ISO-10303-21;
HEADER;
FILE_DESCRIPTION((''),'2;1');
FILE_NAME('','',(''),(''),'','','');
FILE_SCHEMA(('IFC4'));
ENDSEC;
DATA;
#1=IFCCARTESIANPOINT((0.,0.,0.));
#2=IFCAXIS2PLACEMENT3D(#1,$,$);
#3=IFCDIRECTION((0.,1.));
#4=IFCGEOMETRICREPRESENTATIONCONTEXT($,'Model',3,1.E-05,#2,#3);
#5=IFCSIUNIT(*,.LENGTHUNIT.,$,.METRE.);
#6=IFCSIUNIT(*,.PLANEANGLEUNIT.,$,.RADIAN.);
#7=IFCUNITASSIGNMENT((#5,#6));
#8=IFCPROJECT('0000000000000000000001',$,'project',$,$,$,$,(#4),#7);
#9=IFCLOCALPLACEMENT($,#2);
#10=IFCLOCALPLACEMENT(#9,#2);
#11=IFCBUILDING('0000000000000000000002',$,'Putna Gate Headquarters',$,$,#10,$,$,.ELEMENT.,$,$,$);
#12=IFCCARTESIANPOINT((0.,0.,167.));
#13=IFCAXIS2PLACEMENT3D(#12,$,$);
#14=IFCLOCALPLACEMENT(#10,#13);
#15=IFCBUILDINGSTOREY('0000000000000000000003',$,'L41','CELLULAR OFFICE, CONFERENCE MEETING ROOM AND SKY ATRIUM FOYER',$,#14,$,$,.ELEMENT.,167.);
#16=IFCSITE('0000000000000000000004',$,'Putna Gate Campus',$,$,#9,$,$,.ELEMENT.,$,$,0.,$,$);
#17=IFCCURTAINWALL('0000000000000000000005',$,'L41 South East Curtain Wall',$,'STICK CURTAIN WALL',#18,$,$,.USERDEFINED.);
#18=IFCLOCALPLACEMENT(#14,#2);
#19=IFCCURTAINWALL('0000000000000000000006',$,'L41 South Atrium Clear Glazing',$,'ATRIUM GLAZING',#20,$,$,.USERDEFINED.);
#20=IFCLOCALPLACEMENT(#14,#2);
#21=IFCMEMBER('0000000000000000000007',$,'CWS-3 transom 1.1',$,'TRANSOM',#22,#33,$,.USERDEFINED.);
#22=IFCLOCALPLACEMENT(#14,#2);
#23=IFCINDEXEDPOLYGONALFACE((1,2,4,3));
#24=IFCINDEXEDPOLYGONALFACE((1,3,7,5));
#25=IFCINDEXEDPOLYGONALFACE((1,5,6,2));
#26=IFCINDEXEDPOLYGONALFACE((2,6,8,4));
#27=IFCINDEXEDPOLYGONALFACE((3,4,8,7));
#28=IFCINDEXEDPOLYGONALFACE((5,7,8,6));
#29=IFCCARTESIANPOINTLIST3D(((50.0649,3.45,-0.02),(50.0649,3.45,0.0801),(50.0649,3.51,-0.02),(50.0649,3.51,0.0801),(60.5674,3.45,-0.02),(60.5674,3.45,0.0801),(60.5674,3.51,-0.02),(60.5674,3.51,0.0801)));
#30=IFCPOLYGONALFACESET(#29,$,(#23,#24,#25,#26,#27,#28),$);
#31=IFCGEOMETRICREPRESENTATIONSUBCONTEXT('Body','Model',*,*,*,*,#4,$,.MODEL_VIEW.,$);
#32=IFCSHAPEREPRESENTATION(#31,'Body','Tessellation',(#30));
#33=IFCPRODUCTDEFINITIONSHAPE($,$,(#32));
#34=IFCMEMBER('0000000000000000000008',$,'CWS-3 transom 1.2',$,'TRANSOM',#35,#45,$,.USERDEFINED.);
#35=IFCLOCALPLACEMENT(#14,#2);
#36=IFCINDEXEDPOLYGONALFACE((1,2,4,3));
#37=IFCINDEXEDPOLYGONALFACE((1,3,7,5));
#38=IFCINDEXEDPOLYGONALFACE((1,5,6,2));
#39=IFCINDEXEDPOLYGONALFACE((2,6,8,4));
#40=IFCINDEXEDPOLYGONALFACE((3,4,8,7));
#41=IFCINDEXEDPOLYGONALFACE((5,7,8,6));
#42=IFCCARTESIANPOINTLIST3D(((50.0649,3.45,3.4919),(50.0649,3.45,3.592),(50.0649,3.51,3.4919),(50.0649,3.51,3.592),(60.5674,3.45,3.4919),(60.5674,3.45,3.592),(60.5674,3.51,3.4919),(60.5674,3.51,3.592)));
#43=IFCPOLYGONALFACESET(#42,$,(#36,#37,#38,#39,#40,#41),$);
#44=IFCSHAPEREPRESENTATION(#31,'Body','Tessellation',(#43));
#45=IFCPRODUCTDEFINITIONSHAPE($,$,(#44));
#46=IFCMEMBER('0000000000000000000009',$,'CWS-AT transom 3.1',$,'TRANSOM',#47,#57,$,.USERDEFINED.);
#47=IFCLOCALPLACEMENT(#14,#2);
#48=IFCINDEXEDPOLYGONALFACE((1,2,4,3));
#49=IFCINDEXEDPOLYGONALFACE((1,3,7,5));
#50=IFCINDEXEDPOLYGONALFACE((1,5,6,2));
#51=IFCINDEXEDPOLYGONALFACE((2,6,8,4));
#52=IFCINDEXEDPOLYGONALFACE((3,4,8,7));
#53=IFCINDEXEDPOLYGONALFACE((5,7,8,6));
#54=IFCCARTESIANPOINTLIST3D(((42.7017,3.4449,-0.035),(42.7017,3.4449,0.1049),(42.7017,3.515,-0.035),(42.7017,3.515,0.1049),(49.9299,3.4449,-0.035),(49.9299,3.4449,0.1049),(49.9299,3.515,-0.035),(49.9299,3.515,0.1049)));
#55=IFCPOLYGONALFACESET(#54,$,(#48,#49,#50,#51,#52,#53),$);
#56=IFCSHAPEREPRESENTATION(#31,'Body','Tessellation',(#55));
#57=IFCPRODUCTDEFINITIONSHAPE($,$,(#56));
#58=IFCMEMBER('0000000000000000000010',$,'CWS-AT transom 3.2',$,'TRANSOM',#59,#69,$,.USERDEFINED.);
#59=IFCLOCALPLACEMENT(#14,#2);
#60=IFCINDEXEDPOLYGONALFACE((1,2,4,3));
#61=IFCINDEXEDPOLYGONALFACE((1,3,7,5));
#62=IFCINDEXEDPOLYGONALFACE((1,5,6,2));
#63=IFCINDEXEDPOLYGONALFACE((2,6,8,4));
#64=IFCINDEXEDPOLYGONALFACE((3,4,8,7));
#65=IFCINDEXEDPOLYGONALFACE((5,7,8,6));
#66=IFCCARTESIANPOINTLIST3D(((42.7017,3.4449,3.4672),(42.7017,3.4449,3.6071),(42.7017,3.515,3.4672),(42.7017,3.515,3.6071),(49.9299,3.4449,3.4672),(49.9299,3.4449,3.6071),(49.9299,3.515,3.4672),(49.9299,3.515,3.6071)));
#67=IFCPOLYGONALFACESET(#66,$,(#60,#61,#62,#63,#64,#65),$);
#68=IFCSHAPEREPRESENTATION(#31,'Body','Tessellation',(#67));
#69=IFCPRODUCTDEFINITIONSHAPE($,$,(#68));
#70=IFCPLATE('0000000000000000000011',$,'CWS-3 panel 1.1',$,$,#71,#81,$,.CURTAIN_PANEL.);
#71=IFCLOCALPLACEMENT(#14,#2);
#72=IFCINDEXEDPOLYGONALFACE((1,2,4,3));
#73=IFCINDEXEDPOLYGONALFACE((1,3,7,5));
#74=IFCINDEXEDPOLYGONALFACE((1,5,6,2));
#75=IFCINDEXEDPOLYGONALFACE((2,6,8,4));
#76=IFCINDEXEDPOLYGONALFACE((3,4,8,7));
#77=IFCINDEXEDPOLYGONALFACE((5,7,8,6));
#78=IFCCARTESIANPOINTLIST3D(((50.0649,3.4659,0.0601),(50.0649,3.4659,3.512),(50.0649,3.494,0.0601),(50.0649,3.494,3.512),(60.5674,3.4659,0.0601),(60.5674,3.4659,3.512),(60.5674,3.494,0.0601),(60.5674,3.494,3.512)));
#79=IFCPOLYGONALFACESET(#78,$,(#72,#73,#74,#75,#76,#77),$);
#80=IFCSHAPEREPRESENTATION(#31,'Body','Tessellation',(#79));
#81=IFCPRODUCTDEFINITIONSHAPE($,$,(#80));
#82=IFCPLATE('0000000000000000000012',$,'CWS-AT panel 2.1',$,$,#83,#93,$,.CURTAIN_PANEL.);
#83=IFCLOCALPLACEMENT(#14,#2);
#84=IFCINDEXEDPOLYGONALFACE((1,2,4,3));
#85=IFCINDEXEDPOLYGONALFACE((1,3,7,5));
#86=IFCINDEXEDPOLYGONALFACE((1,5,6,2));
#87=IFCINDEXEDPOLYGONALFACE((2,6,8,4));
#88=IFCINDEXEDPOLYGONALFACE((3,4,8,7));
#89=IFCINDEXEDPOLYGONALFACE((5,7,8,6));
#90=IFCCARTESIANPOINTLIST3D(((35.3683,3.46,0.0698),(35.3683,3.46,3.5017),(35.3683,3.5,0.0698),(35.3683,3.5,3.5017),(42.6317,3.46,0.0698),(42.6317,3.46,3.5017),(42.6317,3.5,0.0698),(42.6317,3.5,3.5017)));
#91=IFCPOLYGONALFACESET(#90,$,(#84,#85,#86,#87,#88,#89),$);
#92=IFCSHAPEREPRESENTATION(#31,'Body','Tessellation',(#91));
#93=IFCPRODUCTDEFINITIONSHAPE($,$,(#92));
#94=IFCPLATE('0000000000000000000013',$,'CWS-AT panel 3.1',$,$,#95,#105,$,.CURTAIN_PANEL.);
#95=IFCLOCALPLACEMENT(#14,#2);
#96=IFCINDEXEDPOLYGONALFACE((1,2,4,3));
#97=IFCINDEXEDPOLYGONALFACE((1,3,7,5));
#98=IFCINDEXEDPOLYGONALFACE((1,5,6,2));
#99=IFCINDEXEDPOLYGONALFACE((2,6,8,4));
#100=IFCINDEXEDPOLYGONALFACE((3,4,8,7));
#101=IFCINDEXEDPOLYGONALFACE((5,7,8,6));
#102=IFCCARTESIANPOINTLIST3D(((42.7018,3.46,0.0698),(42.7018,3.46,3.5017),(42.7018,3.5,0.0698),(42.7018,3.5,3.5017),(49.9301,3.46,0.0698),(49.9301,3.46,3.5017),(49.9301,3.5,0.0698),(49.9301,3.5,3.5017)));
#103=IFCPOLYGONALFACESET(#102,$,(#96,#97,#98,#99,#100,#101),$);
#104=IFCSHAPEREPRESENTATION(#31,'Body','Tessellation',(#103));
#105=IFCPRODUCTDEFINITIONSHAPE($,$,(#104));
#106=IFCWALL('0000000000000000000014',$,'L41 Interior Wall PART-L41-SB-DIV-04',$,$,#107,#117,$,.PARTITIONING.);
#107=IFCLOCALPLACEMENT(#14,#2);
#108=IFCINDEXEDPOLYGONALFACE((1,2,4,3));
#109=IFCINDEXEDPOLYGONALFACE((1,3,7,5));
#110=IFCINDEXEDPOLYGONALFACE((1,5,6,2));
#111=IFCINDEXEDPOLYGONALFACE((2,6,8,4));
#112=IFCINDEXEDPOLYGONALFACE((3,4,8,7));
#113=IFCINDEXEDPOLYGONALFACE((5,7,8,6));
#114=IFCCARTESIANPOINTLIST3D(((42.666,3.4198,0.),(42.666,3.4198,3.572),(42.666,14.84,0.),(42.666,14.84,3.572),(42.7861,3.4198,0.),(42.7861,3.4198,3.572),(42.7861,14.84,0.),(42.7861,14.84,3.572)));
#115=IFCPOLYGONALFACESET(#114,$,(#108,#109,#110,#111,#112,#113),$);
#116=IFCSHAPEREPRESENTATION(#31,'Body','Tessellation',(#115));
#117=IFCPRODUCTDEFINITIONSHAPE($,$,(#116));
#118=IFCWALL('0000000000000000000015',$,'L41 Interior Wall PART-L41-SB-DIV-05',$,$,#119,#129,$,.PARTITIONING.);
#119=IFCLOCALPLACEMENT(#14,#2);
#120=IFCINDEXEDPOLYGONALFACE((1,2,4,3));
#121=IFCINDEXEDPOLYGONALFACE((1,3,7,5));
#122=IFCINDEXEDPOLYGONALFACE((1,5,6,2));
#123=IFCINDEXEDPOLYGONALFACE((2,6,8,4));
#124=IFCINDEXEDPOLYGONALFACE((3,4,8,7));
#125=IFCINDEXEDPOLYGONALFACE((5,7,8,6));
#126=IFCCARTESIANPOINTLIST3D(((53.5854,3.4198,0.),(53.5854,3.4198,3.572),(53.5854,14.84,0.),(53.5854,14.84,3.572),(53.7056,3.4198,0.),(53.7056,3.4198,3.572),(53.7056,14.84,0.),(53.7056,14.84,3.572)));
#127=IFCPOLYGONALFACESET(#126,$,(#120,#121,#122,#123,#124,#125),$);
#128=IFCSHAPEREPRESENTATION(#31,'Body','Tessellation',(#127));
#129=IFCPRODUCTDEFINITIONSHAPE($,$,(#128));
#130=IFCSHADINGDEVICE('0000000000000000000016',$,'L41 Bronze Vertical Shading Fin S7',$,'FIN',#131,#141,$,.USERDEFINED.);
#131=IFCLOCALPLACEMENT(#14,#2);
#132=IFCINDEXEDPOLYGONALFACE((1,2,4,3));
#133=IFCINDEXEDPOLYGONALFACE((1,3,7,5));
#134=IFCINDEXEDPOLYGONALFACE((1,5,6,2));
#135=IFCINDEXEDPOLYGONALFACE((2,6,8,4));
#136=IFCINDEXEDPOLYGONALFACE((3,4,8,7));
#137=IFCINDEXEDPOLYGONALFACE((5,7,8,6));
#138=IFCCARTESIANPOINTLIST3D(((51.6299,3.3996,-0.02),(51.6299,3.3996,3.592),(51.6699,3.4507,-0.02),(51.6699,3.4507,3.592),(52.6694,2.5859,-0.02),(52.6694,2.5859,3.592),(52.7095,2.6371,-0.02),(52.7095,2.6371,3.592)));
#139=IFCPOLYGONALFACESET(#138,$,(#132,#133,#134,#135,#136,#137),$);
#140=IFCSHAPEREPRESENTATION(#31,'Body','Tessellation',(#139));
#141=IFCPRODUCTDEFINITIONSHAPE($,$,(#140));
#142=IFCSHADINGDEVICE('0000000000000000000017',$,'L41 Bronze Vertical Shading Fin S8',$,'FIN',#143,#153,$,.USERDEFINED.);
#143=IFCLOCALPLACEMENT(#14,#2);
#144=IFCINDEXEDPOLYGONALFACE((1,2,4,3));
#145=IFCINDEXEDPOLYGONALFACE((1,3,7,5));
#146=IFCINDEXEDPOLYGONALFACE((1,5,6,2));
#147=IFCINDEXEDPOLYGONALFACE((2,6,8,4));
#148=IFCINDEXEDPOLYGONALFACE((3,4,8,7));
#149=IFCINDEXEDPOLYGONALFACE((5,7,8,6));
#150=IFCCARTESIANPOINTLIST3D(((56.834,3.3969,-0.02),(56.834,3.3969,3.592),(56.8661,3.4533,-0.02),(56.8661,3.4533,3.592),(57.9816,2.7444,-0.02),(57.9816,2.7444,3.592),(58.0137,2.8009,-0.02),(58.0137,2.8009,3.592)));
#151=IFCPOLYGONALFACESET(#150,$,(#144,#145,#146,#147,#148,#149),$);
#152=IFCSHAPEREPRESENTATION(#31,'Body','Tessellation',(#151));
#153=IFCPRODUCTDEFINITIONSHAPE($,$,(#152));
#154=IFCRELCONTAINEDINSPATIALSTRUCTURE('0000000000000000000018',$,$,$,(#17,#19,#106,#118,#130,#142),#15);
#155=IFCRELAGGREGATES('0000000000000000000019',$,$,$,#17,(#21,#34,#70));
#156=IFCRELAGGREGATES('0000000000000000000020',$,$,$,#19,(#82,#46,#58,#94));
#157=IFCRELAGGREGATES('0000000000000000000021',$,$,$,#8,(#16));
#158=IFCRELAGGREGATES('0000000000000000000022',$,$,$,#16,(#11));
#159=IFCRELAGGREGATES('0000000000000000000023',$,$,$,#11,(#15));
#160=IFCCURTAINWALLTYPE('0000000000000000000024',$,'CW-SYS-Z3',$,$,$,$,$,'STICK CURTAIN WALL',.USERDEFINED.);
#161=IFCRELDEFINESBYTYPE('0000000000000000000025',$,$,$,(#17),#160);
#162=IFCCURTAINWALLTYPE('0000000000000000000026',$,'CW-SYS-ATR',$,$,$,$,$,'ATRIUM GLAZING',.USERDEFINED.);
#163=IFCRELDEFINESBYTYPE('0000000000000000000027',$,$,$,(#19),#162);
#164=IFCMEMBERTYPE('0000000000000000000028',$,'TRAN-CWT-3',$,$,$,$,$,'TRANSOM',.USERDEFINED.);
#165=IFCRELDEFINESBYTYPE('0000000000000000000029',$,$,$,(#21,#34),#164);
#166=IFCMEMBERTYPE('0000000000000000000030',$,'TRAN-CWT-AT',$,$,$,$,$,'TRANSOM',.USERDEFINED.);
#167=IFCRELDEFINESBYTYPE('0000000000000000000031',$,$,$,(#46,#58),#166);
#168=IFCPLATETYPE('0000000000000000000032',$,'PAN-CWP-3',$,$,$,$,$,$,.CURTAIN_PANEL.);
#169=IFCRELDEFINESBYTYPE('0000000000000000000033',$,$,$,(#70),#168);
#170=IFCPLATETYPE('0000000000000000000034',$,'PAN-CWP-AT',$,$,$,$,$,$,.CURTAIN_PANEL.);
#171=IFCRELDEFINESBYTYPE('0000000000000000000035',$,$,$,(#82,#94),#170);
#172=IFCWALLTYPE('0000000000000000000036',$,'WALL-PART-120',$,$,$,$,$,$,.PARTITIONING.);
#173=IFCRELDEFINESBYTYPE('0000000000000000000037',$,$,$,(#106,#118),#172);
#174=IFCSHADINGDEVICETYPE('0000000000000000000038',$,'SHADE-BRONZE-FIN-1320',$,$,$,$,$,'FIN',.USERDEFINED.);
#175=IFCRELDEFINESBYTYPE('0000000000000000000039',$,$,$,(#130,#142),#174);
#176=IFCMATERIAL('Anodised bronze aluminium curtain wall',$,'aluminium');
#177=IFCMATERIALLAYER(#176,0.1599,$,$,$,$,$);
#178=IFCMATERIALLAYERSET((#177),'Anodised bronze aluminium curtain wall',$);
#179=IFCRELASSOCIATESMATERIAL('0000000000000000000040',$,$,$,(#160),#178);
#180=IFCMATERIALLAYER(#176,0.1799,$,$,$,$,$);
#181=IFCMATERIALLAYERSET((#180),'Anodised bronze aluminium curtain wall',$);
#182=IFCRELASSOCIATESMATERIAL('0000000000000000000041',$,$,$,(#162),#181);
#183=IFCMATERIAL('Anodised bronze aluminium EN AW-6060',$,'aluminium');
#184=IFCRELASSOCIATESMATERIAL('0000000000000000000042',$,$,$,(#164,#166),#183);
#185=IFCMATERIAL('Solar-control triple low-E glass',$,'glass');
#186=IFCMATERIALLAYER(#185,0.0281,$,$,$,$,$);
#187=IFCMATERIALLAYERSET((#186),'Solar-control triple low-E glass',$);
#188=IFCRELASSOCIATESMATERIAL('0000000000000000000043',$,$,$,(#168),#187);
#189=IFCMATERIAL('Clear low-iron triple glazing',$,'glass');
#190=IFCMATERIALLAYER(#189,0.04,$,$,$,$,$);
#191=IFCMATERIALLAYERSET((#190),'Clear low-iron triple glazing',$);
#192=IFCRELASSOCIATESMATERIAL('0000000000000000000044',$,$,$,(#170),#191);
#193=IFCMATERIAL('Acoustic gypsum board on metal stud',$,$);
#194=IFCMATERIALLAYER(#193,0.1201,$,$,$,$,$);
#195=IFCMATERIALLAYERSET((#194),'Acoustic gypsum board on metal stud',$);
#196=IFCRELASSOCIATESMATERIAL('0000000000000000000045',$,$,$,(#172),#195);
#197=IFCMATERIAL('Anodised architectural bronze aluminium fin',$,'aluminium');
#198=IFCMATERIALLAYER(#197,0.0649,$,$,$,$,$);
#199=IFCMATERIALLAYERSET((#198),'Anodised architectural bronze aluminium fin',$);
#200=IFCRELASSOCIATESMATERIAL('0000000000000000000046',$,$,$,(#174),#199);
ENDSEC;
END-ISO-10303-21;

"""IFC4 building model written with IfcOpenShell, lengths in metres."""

from ifc_helpers import new_model, si_unit, direction, frame, frame_2d, origin, origin_2d, place, context, subcontext, project, spatial, rectangle, extrude, material, layer, layer_set, material_profile, profile_set, type_object, element, aggregate, save


model = new_model("IFC4")

# Units and contexts
model_context = context("Model", 3, precision=1e-05, world=origin(), true_north=direction((0.0, 1.0)))
body_context = subcontext(model_context, "Body", "Model", "MODEL_VIEW")
ifc_project = project(units=[si_unit("LENGTHUNIT", "METRE"), si_unit("PLANEANGLEUNIT", "RADIAN")], contexts=[model_context])

# Site, building, storey
site_placement = place(None, origin())
site = spatial("IfcSite", under=ifc_project, at=site_placement, Name="Putna Gate Campus", CompositionType="ELEMENT", RefElevation=0.0)
building_placement = place(site_placement, origin())
building = spatial("IfcBuilding", under=site, at=building_placement, Name="Putna Gate Headquarters", CompositionType="ELEMENT")
storey_placement = place(building_placement, frame((0.0, 0.0, 167.0)))
storey = spatial("IfcBuildingStorey", under=building, at=storey_placement, Name="L41", Description="CELLULAR OFFICE, CONFERENCE MEETING ROOM AND SKY ATRIUM FOYER", CompositionType="ELEMENT", Elevation=167.0)

# Curtain wall
ifc_material_1 = material(Name="Anodised bronze aluminium curtain wall", Category="aluminium")
ifc_layer_1 = layer(ifc_material_1, 0.1599)
ifc_layer_set_1 = layer_set([ifc_layer_1], Name="Anodised bronze aluminium curtain wall")
curtain_wall_type_1 = type_object("IfcCurtainWallType", Name="CW-SYS-Z3", ElementType="STICK CURTAIN WALL", PredefinedType="USERDEFINED", material=ifc_layer_set_1)
curtain_wall_1_placement = place(storey_placement, origin())
curtain_wall_1 = element("IfcCurtainWall", 1, at=curtain_wall_1_placement, inside=storey, type_object=curtain_wall_type_1, Name="L41 South East Curtain Wall", ObjectType="STICK CURTAIN WALL", PredefinedType="USERDEFINED")
ifc_material_2 = material(Name="Anodised bronze aluminium EN AW-6060", Category="aluminium")

# Curtain wall
ifc_layer_2 = layer(ifc_material_1, 0.1799)
ifc_layer_set_2 = layer_set([ifc_layer_2], Name="Anodised bronze aluminium curtain wall")
curtain_wall_type_2 = type_object("IfcCurtainWallType", Name="CW-SYS-ATR", ElementType="ATRIUM GLAZING", PredefinedType="USERDEFINED", material=ifc_layer_set_2)
curtain_wall_2_placement = place(storey_placement, origin())
curtain_wall_2 = element("IfcCurtainWall", 2, at=curtain_wall_2_placement, inside=storey, type_object=curtain_wall_type_2, Name="L41 South Atrium Clear Glazing", ObjectType="ATRIUM GLAZING", PredefinedType="USERDEFINED")

# Members
ifc_material_profile_1 = material_profile(ifc_material_2, rectangle(XDim=0.0601, YDim=0.1001, at=origin_2d()), Name="Anodised bronze aluminium EN AW-6060")
ifc_profile_set_1 = profile_set([ifc_material_profile_1], Name="Anodised bronze aluminium EN AW-6060")
member_type_1 = type_object("IfcMemberType", Name="TRAN-CWT-3", ElementType="TRANSOM", PredefinedType="USERDEFINED", material=ifc_profile_set_1)
member_1_placement = place(storey_placement, frame((50.0649, 3.48, 0.03), z_axis=(1.0, 0.0, 0.0), x_axis=(0.0, 1.0, 0.0)))
member_1 = element("IfcMember", 3, at=member_1_placement, type_object=member_type_1, Name="CWS-3 transom 1.1", ObjectType="TRANSOM", PredefinedType="USERDEFINED", context=body_context, shape_type="SweptSolid", body=[
    extrude(rectangle(XDim=0.0601, YDim=0.1001, at=origin_2d()), origin(), (0.0, 0.0, 1.0), 10.5024),
])
member_2_placement = place(storey_placement, frame((50.0649, 3.48, 3.542), z_axis=(1.0, 0.0, 0.0), x_axis=(0.0, 1.0, 0.0)))
member_2 = element("IfcMember", 4, at=member_2_placement, type_object=member_type_1, Name="CWS-3 transom 1.2", ObjectType="TRANSOM", PredefinedType="USERDEFINED", context=body_context, shape_type="SweptSolid", body=[
    extrude(rectangle(XDim=0.0601, YDim=0.1001, at=origin_2d()), origin(), (0.0, 0.0, 1.0), 10.5024),
])
ifc_material_profile_2 = material_profile(ifc_material_2, rectangle(XDim=0.0701, YDim=0.1399, at=origin_2d()), Name="Anodised bronze aluminium EN AW-6060")
ifc_profile_set_2 = profile_set([ifc_material_profile_2], Name="Anodised bronze aluminium EN AW-6060")
member_type_2 = type_object("IfcMemberType", Name="TRAN-CWT-AT", ElementType="TRANSOM", PredefinedType="USERDEFINED", material=ifc_profile_set_2)
member_3_placement = place(storey_placement, frame((42.7017, 3.48, 0.0349), z_axis=(1.0, 0.0, 0.0), x_axis=(0.0, 1.0, 0.0)))
member_3 = element("IfcMember", 5, at=member_3_placement, type_object=member_type_2, Name="CWS-AT transom 3.1", ObjectType="TRANSOM", PredefinedType="USERDEFINED", context=body_context, shape_type="SweptSolid", body=[
    extrude(rectangle(XDim=0.0701, YDim=0.1399, at=origin_2d()), origin(), (0.0, 0.0, 1.0), 7.2283),
])
member_4_placement = place(storey_placement, frame((42.7017, 3.48, 3.5371), z_axis=(1.0, 0.0, 0.0), x_axis=(0.0, 1.0, 0.0)))
member_4 = element("IfcMember", 6, at=member_4_placement, type_object=member_type_2, Name="CWS-AT transom 3.2", ObjectType="TRANSOM", PredefinedType="USERDEFINED", context=body_context, shape_type="SweptSolid", body=[
    extrude(rectangle(XDim=0.0701, YDim=0.1399, at=origin_2d()), origin(), (0.0, 0.0, 1.0), 7.2283),
])

# Plates
ifc_material_3 = material(Name="Solar-control triple low-E glass", Category="glass")
ifc_layer_3 = layer(ifc_material_3, 0.0281)
ifc_layer_set_3 = layer_set([ifc_layer_3], Name="Solar-control triple low-E glass")
plate_type_1 = type_object("IfcPlateType", Name="PAN-CWP-3", PredefinedType="CURTAIN_PANEL", material=ifc_layer_set_3)
plate_1_placement = place(storey_placement, frame((55.3162, 3.48, 0.0601), z_axis=(0.0, 0.0, 1.0), x_axis=(1.0, 0.0, 0.0)))
plate_1 = element("IfcPlate", 7, at=plate_1_placement, type_object=plate_type_1, Name="CWS-3 panel 1.1", PredefinedType="CURTAIN_PANEL", context=body_context, shape_type="SweptSolid", body=[
    extrude(rectangle(XDim=10.5024, YDim=0.0281, at=origin_2d()), origin(), (0.0, 0.0, 1.0), 3.4519),
])
aggregate(curtain_wall_1, [member_1, member_2, plate_1])
ifc_material_4 = material(Name="Clear low-iron triple glazing", Category="glass")
ifc_layer_4 = layer(ifc_material_4, 0.04)
ifc_layer_set_4 = layer_set([ifc_layer_4], Name="Clear low-iron triple glazing")
plate_type_2 = type_object("IfcPlateType", Name="PAN-CWP-AT", PredefinedType="CURTAIN_PANEL", material=ifc_layer_set_4)
plate_2_placement = place(storey_placement, frame((39.0, 3.48, 0.0698), z_axis=(0.0, 0.0, 1.0), x_axis=(1.0, 0.0, 0.0)))
plate_2 = element("IfcPlate", 8, at=plate_2_placement, type_object=plate_type_2, Name="CWS-AT panel 2.1", PredefinedType="CURTAIN_PANEL", context=body_context, shape_type="SweptSolid", body=[
    extrude(rectangle(XDim=7.2634, YDim=0.04, at=origin_2d()), origin(), (0.0, 0.0, 1.0), 3.4319),
])
plate_3_placement = place(storey_placement, frame((46.3159, 3.48, 0.0698), z_axis=(0.0, 0.0, 1.0), x_axis=(1.0, 0.0, 0.0)))
plate_3 = element("IfcPlate", 9, at=plate_3_placement, type_object=plate_type_2, Name="CWS-AT panel 3.1", PredefinedType="CURTAIN_PANEL", context=body_context, shape_type="SweptSolid", body=[
    extrude(rectangle(XDim=7.2283, YDim=0.04, at=origin_2d()), origin(), (0.0, 0.0, 1.0), 3.4319),
])
aggregate(curtain_wall_2, [plate_2, member_3, member_4, plate_3])

# Walls
ifc_material_5 = material(Name="Acoustic gypsum board on metal stud")
ifc_layer_5 = layer(ifc_material_5, 0.1201)
ifc_layer_set_5 = layer_set([ifc_layer_5], Name="Acoustic gypsum board on metal stud")
wall_type = type_object("IfcWallType", Name="WALL-PART-120", PredefinedType="PARTITIONING", material=ifc_layer_set_5)
for number, where, z_axis, x_axis, name in (
    (10, (42.7261, 3.4199, 0.0), (0.0, 0.0, 1.0), (0.0, 1.0, 0.0), "L41 Interior Wall PART-L41-SB-DIV-04"),
    (11, (53.6455, 3.4199, 0.0), (0.0, 0.0, 1.0), (0.0, 1.0, 0.0), "L41 Interior Wall PART-L41-SB-DIV-05"),
):
    element("IfcWall", number, at=place(storey_placement, frame(where, z_axis=z_axis, x_axis=x_axis)), inside=storey, type_object=wall_type, Name=name, PredefinedType="PARTITIONING", context=body_context, shape_type="SweptSolid", body=[
        extrude(rectangle(XDim=11.4202, YDim=0.1201, at=frame_2d((5.71, 0.0))), origin(), (0.0, 0.0, 1.0), 3.572),
    ])

# Shading devices
ifc_material_6 = material(Name="Anodised architectural bronze aluminium fin", Category="aluminium")
ifc_layer_6 = layer(ifc_material_6, 0.0649)
ifc_layer_set_6 = layer_set([ifc_layer_6], Name="Anodised architectural bronze aluminium fin")
shading_device_type = type_object("IfcShadingDeviceType", Name="SHADE-BRONZE-FIN-1320", ElementType="FIN", PredefinedType="USERDEFINED", material=ifc_layer_set_6)
for number, where, z_axis, x_axis, name in (
    (12, (52.1697, 3.0183, -0.02), (0.0, 0.0, 1.0), (0.787473, -0.616349, 0.0), "L41 Bronze Vertical Shading Fin S7"),
    (13, (57.4238, 3.0989, -0.02), (0.0, 0.0, 1.0), (0.869322, -0.494245, 0.0), "L41 Bronze Vertical Shading Fin S8"),
):
    element("IfcShadingDevice", number, at=place(storey_placement, frame(where, z_axis=z_axis, x_axis=x_axis)), inside=storey, type_object=shading_device_type, Name=name, ObjectType="FIN", PredefinedType="USERDEFINED", context=body_context, shape_type="SweptSolid", body=[
        extrude(rectangle(XDim=1.3201, YDim=0.0649, at=origin_2d()), origin(), (0.0, 0.0, 1.0), 3.6121),
    ])

save(model, "model.ifc")
